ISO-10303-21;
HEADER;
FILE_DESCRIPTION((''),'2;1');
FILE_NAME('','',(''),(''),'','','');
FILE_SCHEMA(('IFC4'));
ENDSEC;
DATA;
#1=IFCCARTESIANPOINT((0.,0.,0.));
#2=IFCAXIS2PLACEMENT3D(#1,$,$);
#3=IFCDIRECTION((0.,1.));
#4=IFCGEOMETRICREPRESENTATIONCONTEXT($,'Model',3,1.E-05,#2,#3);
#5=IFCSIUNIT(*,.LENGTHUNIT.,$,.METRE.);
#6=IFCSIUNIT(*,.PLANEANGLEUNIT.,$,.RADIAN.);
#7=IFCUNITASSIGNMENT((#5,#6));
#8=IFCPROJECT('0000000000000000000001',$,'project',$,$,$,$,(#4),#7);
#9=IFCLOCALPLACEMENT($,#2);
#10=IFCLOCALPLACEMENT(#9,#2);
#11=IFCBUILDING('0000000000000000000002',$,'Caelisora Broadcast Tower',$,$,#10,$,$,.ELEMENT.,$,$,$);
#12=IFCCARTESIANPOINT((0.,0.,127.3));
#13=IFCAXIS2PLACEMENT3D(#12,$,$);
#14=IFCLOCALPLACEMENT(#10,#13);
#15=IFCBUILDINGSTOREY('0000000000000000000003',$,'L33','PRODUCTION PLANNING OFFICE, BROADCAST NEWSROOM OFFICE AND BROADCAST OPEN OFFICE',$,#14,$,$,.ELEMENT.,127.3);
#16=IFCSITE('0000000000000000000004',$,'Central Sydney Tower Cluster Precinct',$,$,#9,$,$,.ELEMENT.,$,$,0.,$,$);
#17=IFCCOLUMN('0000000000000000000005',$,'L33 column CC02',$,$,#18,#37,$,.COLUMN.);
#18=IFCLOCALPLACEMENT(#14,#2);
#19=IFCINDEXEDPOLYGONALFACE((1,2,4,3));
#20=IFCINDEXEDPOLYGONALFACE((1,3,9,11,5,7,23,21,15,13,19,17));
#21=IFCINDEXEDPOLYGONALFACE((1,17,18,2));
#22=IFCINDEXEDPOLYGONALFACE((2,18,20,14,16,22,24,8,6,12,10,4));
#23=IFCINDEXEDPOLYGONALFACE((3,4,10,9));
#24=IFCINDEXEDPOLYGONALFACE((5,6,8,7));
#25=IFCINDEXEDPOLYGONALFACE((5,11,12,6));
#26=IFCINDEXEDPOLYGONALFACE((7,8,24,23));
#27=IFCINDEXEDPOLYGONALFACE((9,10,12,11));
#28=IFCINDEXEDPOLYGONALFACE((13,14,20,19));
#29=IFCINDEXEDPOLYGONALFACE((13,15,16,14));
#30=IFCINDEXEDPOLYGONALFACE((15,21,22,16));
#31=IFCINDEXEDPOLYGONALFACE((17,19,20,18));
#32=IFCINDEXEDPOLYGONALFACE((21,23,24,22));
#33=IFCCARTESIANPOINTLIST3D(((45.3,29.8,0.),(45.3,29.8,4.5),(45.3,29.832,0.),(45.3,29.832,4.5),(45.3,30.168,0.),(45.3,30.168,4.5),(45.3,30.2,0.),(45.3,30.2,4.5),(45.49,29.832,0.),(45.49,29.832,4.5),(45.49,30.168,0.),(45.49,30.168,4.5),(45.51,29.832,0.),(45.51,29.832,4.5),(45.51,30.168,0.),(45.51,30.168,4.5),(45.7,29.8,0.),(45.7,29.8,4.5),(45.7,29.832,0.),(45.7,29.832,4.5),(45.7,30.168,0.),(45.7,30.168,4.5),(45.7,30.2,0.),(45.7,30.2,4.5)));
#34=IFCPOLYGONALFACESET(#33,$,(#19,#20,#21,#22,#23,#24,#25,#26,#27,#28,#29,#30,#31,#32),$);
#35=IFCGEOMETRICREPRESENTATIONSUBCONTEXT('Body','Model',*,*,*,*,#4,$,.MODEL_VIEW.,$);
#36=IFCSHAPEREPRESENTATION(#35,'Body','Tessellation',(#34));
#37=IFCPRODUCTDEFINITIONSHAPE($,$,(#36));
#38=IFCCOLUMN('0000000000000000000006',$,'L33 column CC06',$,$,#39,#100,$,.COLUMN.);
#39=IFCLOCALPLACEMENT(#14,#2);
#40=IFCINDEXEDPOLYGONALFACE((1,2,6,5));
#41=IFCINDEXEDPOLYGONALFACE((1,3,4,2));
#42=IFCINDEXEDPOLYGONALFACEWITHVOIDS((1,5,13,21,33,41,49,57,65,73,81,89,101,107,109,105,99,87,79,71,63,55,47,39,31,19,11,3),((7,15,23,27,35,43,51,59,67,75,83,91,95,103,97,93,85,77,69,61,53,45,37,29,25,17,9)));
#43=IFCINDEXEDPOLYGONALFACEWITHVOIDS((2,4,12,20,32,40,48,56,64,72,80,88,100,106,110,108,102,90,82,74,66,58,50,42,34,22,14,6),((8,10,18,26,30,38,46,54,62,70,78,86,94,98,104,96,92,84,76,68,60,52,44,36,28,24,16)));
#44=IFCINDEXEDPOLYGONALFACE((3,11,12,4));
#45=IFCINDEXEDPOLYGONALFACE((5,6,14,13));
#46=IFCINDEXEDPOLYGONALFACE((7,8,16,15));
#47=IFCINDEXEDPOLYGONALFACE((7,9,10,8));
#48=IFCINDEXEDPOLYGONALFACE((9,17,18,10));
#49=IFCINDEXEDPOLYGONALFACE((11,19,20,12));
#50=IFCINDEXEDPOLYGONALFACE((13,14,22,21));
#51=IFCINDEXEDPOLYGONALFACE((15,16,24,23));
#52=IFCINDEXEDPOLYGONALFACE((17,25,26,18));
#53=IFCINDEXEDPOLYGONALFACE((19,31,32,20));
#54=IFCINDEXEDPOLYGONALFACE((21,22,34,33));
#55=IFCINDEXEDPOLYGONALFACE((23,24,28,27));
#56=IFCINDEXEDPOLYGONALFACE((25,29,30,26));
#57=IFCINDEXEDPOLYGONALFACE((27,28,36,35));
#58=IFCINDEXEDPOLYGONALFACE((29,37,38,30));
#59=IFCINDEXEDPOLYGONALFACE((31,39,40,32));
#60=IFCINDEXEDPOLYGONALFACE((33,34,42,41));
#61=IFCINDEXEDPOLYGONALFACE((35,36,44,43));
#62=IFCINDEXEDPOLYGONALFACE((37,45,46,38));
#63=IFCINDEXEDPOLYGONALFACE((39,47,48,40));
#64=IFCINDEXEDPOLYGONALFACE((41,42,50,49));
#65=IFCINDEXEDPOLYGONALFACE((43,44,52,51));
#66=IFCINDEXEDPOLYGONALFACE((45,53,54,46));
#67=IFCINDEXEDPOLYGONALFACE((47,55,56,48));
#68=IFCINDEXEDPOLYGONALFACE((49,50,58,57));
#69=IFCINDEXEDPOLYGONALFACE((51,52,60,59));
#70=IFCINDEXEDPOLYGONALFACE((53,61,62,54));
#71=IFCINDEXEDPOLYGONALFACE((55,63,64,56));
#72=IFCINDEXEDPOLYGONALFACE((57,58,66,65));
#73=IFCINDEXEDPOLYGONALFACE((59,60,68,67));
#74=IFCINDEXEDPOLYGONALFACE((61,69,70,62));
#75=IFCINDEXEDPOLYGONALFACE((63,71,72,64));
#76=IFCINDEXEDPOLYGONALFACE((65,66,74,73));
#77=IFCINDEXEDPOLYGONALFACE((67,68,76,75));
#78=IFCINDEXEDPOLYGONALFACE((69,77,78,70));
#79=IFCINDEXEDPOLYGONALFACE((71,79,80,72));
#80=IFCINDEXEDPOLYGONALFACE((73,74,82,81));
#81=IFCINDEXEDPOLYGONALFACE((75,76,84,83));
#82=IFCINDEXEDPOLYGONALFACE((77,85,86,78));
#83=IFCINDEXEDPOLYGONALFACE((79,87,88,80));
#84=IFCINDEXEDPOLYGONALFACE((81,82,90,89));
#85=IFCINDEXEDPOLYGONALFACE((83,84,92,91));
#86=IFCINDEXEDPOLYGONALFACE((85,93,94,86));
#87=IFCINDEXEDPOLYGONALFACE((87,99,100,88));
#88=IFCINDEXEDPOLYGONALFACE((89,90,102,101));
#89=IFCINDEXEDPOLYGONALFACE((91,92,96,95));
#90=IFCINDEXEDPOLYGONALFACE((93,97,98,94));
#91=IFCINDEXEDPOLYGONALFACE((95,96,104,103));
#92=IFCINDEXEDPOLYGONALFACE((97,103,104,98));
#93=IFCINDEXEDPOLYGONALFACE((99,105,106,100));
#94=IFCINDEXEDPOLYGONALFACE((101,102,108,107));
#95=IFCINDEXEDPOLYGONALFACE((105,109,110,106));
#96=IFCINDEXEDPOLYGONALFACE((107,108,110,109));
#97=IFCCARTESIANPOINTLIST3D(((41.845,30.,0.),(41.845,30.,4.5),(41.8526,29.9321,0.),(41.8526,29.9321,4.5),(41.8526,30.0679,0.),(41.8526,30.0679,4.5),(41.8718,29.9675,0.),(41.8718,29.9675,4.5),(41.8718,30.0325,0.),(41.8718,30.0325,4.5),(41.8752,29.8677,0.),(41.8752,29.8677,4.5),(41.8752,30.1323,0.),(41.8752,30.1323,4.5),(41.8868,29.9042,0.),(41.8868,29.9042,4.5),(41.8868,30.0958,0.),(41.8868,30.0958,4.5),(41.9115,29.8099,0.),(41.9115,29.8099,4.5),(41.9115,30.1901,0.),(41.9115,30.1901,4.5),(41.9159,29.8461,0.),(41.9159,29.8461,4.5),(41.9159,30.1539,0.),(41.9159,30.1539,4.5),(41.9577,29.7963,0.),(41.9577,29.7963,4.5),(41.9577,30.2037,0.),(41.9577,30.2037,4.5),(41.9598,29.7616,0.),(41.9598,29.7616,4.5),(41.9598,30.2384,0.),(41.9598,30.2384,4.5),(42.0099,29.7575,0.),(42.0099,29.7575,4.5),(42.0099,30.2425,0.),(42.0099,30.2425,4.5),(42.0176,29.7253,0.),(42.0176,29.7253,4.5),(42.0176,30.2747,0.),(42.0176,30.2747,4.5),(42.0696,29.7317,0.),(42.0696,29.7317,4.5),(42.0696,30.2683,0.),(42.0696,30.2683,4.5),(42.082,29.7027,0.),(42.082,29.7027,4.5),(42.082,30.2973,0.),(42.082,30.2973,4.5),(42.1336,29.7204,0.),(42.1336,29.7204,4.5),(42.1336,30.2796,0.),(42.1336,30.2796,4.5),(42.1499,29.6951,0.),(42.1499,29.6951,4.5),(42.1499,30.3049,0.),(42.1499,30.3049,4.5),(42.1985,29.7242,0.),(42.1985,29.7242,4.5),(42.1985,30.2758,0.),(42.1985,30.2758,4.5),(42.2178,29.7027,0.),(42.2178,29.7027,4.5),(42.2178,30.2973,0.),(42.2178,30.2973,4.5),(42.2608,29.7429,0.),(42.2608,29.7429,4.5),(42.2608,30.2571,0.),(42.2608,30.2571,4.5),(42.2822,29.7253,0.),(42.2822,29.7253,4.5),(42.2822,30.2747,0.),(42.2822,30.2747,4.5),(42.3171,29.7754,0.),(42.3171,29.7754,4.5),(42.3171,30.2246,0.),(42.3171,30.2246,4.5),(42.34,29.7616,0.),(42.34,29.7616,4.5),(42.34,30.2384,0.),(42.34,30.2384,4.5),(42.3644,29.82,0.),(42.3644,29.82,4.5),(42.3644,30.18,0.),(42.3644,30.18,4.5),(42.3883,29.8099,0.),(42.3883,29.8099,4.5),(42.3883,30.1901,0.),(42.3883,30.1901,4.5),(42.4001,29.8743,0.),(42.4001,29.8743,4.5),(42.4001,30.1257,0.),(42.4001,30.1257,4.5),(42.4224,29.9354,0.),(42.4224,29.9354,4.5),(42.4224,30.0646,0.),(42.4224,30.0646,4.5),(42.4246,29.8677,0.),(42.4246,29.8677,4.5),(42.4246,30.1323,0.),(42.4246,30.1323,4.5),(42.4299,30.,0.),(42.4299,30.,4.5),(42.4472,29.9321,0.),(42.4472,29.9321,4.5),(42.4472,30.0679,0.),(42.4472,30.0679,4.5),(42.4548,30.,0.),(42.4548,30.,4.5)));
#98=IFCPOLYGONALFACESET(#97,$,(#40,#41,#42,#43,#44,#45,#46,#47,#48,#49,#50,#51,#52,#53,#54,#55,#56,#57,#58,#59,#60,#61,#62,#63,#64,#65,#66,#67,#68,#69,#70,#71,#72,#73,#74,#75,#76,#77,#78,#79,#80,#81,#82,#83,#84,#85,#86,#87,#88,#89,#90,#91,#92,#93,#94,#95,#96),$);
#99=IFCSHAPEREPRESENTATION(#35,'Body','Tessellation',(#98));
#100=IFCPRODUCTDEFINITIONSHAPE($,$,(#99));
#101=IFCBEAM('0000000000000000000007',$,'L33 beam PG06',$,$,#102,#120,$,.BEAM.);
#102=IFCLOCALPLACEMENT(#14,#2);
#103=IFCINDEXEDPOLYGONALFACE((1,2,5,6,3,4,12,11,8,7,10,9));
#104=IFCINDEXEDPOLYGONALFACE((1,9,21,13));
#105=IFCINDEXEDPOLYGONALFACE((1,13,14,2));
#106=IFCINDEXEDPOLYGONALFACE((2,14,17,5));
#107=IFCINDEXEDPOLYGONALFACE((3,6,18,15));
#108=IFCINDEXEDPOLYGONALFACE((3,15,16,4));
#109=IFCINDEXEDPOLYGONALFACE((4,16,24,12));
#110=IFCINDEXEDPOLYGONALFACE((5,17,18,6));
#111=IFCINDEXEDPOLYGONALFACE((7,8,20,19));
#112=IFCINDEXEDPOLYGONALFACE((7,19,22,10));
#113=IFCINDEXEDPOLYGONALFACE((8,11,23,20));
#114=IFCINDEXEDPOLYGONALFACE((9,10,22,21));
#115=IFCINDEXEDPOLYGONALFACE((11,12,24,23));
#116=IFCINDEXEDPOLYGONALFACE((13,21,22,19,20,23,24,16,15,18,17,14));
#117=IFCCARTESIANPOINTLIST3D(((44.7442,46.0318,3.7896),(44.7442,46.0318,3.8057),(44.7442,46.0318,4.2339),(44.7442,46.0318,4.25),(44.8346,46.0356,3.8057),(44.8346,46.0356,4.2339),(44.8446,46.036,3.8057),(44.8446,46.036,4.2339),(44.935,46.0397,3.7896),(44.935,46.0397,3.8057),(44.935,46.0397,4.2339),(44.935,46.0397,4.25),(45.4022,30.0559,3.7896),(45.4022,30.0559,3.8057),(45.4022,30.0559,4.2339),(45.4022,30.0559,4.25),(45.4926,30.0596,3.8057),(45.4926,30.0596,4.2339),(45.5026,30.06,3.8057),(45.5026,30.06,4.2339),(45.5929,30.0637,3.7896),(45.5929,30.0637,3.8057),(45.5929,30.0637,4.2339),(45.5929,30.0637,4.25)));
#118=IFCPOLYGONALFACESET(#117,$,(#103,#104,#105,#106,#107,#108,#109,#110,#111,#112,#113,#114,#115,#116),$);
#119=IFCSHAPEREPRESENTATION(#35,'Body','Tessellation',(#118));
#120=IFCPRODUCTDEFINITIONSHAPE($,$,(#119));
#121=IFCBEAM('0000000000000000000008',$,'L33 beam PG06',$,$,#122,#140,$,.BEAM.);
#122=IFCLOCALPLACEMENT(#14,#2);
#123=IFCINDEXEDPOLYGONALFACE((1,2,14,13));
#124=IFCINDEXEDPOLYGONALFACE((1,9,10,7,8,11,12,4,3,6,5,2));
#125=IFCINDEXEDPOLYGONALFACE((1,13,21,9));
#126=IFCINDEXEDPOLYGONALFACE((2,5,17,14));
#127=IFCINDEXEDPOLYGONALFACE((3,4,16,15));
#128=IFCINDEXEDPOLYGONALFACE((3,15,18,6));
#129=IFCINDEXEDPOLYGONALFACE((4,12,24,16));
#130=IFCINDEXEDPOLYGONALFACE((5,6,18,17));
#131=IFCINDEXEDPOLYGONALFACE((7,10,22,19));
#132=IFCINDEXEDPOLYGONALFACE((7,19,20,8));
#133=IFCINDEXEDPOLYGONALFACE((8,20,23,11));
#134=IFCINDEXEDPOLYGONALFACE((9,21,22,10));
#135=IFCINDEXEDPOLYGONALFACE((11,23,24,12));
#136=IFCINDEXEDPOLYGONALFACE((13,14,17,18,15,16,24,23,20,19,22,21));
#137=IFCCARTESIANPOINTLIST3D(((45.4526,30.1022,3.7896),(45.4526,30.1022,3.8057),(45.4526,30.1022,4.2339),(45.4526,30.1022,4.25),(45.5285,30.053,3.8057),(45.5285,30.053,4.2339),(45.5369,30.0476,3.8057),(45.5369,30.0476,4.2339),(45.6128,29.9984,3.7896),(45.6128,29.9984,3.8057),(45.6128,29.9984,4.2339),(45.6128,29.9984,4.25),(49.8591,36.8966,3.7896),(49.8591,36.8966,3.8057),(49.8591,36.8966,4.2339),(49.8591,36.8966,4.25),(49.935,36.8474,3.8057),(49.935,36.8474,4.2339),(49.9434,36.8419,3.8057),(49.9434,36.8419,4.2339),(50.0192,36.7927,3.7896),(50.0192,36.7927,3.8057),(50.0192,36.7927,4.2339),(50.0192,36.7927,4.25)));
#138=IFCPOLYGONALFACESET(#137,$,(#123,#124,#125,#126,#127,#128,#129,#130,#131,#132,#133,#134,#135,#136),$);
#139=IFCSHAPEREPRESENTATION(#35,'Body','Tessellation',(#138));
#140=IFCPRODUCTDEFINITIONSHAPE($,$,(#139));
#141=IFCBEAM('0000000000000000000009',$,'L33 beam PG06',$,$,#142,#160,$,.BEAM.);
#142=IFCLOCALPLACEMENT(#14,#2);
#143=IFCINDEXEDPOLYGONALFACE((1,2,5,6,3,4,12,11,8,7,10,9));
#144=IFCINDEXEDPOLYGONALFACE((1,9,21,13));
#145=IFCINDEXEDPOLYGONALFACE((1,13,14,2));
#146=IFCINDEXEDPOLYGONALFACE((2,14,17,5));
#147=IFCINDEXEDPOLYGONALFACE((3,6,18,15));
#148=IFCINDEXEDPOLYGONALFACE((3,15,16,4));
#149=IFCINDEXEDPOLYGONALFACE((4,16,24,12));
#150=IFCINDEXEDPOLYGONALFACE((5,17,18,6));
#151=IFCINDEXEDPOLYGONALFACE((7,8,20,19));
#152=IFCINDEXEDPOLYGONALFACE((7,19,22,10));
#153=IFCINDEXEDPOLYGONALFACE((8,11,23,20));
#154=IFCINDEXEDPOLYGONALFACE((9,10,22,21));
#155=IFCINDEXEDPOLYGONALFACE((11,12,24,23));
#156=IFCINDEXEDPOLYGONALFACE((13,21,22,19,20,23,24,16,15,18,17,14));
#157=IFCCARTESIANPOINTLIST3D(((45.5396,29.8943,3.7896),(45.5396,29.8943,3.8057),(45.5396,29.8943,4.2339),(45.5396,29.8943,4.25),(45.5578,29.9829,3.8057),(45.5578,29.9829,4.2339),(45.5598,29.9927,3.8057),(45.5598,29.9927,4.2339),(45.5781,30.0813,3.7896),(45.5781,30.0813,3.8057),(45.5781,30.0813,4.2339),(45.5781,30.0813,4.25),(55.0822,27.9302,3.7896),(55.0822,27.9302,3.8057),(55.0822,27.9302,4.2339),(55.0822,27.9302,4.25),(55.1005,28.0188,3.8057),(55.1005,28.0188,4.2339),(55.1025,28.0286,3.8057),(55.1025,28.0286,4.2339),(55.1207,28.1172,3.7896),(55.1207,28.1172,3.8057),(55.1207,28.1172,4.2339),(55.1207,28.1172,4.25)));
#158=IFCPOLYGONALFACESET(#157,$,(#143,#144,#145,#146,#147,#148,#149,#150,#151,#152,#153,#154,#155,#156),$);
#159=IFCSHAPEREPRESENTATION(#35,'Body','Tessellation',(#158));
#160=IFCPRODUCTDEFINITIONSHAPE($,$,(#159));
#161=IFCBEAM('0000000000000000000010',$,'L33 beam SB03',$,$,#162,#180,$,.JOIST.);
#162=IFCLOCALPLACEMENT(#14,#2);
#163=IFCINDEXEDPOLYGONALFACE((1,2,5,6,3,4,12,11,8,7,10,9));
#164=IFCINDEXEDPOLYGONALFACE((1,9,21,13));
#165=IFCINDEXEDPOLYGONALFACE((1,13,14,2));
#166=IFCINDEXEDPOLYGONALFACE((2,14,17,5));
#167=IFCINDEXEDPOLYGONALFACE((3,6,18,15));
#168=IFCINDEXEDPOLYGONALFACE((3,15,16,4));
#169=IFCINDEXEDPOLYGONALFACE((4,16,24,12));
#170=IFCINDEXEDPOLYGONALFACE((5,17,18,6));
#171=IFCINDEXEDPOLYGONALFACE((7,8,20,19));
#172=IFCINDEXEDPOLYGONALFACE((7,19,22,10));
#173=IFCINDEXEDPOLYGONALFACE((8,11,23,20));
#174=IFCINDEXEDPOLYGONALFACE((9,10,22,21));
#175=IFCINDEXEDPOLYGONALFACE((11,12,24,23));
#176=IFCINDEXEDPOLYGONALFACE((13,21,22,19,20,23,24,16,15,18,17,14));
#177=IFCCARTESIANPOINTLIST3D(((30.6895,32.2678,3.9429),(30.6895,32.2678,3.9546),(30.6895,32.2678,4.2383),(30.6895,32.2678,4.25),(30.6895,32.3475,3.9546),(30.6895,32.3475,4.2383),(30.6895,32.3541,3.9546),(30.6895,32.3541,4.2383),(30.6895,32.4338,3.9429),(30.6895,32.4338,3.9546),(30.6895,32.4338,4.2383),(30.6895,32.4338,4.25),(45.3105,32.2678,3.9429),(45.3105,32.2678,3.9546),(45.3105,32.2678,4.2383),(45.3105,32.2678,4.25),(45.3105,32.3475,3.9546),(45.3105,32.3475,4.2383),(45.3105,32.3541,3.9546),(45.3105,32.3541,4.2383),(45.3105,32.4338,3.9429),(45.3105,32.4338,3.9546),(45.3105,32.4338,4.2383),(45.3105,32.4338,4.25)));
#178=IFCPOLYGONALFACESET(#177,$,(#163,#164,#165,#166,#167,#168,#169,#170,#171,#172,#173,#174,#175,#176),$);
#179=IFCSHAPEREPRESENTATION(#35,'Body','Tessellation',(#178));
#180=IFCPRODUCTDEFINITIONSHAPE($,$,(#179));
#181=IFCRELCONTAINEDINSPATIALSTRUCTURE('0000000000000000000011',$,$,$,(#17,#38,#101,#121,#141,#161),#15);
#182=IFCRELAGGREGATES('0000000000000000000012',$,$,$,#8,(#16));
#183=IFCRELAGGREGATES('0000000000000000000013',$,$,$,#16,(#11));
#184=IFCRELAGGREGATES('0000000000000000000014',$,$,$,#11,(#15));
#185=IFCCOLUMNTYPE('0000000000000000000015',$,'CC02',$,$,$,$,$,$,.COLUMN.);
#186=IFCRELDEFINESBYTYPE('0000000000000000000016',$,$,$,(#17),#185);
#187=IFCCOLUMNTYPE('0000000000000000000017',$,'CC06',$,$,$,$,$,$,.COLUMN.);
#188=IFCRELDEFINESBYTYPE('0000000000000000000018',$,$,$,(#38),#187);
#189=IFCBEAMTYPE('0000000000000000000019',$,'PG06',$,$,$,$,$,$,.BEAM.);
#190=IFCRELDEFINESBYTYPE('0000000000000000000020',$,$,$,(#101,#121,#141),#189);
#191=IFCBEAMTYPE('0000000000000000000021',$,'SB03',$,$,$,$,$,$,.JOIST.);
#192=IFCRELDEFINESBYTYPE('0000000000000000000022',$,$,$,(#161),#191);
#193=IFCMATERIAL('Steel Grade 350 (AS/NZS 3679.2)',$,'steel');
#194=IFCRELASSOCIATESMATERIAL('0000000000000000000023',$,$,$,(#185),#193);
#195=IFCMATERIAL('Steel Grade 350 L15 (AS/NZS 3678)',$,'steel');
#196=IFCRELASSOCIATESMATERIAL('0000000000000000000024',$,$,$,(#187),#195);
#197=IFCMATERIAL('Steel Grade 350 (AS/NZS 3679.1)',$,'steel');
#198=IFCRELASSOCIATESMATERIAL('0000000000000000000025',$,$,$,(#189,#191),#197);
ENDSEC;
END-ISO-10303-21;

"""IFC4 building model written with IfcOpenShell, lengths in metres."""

from ifc_helpers import new_model, si_unit, direction, frame, origin, origin_2d, place, context, subcontext, project, spatial, hollow_circle, i_section, extrude, source, transform, mapped, material, material_profile, profile_set, type_object, type_shapes, element, save


model = new_model("IFC4")

# Units and contexts
model_context = context("Model", 3, precision=1e-05, world=origin(), true_north=direction((0.0, 1.0)))
body_context = subcontext(model_context, "Body", "Model", "MODEL_VIEW")
ifc_project = project(units=[si_unit("LENGTHUNIT", "METRE"), si_unit("PLANEANGLEUNIT", "RADIAN")], contexts=[model_context])

# Site, building, storey
site_placement = place(None, origin())
site = spatial("IfcSite", under=ifc_project, at=site_placement, Name="Central Sydney Tower Cluster Precinct", CompositionType="ELEMENT", RefElevation=0.0)
building_placement = place(site_placement, origin())
building = spatial("IfcBuilding", under=site, at=building_placement, Name="Caelisora Broadcast Tower", CompositionType="ELEMENT")
storey_placement = place(building_placement, frame((0.0, 0.0, 127.3)))
storey = spatial("IfcBuildingStorey", under=building, at=storey_placement, Name="L33", Description="PRODUCTION PLANNING OFFICE, BROADCAST NEWSROOM OFFICE AND BROADCAST OPEN OFFICE", CompositionType="ELEMENT", Elevation=127.3)

# Columns
ifc_material_1 = material(Name="Steel Grade 350 (AS/NZS 3679.2)", Category="steel")
ifc_material_profile_1 = material_profile(ifc_material_1, i_section(OverallWidth=0.3999, OverallDepth=0.3999, WebThickness=0.02, FlangeThickness=0.032, at=origin_2d()), Name="Steel Grade 350 (AS/NZS 3679.2)")
ifc_profile_set_1 = profile_set([ifc_material_profile_1], Name="Steel Grade 350 (AS/NZS 3679.2)")
column_type_1 = type_object("IfcColumnType", Name="CC02", PredefinedType="COLUMN", material=ifc_profile_set_1)
shared_shape_1 = source(origin(), body_context, "Body", "SweptSolid", [
    extrude(i_section(OverallWidth=0.3999, OverallDepth=0.3999, WebThickness=0.02, FlangeThickness=0.032, at=origin_2d()), origin(), (0.0, 0.0, 1.0), 4.5),
])
type_shapes(column_type_1, [shared_shape_1])
column_1_placement = place(storey_placement, frame((45.5, 30.0, 0.0), z_axis=(0.0, 0.0, 1.0), x_axis=(1.0, 0.0, 0.0)))
element("IfcColumn", 1, at=column_1_placement, inside=storey, type_object=column_type_1, Name="L33 column CC02", PredefinedType="COLUMN", context=body_context, shape_type="MappedRepresentation", body=[
    mapped(shared_shape_1, transform((0.0, 0.0, 0.0), scale=1.0)),
])
ifc_material_2 = material(Name="Steel Grade 350 L15 (AS/NZS 3678)", Category="steel")
ifc_material_profile_2 = material_profile(ifc_material_2, hollow_circle(Radius=0.3049, WallThickness=0.0249, at=origin_2d()), Name="Steel Grade 350 L15 (AS/NZS 3678)")
ifc_profile_set_2 = profile_set([ifc_material_profile_2], Name="Steel Grade 350 L15 (AS/NZS 3678)")
column_type_2 = type_object("IfcColumnType", Name="CC06", PredefinedType="COLUMN", material=ifc_profile_set_2)
shared_shape_2 = source(origin(), body_context, "Body", "SweptSolid", [
    extrude(hollow_circle(Radius=0.3049, WallThickness=0.0249, at=origin_2d()), origin(), (0.0, 0.0, 1.0), 4.5),
])
type_shapes(column_type_2, [shared_shape_2])
column_2_placement = place(storey_placement, frame((42.1499, 30.0, 0.0), z_axis=(0.0, 0.0, 1.0), x_axis=(1.0, 0.0, 0.0)))
element("IfcColumn", 2, at=column_2_placement, inside=storey, type_object=column_type_2, Name="L33 column CC06", PredefinedType="COLUMN", context=body_context, shape_type="MappedRepresentation", body=[
    mapped(shared_shape_2, transform((0.0, 0.0, 0.0), scale=1.0)),
])

# Beams
ifc_material_3 = material(Name="Steel Grade 350 (AS/NZS 3679.1)", Category="steel")
ifc_material_profile_3 = material_profile(ifc_material_3, i_section(OverallWidth=0.1909, OverallDepth=0.4604, WebThickness=0.01, FlangeThickness=0.0161, at=origin_2d()), Name="Steel Grade 350 (AS/NZS 3679.1)")
ifc_profile_set_3 = profile_set([ifc_material_profile_3], Name="Steel Grade 350 (AS/NZS 3679.1)")
beam_type_1 = type_object("IfcBeamType", Name="PG06", PredefinedType="BEAM", material=ifc_profile_set_3)
shared_shape_3 = source(origin(), body_context, "Body", "SweptSolid", [
    extrude(i_section(OverallWidth=0.1909, OverallDepth=0.4604, WebThickness=0.01, FlangeThickness=0.0161, at=origin_2d()), origin(), (0.0, 0.0, 1.0), 15.9895),
])
beam_1_placement = place(storey_placement, frame((45.4976, 30.0598, 4.0198), z_axis=(-0.041149, 0.999153, 0.0), x_axis=(-0.999153, -0.041149, 0.0)))
element("IfcBeam", 3, at=beam_1_placement, inside=storey, type_object=beam_type_1, Name="L33 beam PG06", PredefinedType="BEAM", context=body_context, shape_type="MappedRepresentation", body=[
    mapped(shared_shape_3, transform((0.0, 0.0, 0.0), scale=1.0)),
])
shared_shape_4 = source(origin(), body_context, "Body", "SweptSolid", [
    extrude(i_section(OverallWidth=0.1909, OverallDepth=0.4604, WebThickness=0.01, FlangeThickness=0.0161, at=origin_2d()), origin(), (0.0, 0.0, 1.0), 8.0981),
])
beam_2_placement = place(storey_placement, frame((45.5327, 30.0503, 4.0198), z_axis=(0.54413, 0.839001, 0.0), x_axis=(-0.839001, 0.54413, 0.0)))
element("IfcBeam", 4, at=beam_2_placement, inside=storey, type_object=beam_type_1, Name="L33 beam PG06", PredefinedType="BEAM", context=body_context, shape_type="MappedRepresentation", body=[
    mapped(shared_shape_4, transform((0.0, 0.0, 0.0), scale=1.0)),
])
shared_shape_5 = source(origin(), body_context, "Body", "SweptSolid", [
    extrude(i_section(OverallWidth=0.1909, OverallDepth=0.4604, WebThickness=0.01, FlangeThickness=0.0161, at=origin_2d()), origin(), (0.0, 0.0, 1.0), 9.7427),
])
type_shapes(beam_type_1, [shared_shape_3, shared_shape_4, shared_shape_5])
beam_3_placement = place(storey_placement, frame((45.5588, 29.9878, 4.0198), z_axis=(0.979469, -0.201597, 0.0), x_axis=(0.201597, 0.979469, 0.0)))
element("IfcBeam", 5, at=beam_3_placement, inside=storey, type_object=beam_type_1, Name="L33 beam PG06", PredefinedType="BEAM", context=body_context, shape_type="MappedRepresentation", body=[
    mapped(shared_shape_5, transform((0.0, 0.0, 0.0), scale=1.0)),
])
ifc_material_profile_4 = material_profile(ifc_material_3, i_section(OverallWidth=0.166, OverallDepth=0.3071, WebThickness=0.0066, FlangeThickness=0.0117, at=origin_2d()), Name="Steel Grade 350 (AS/NZS 3679.1)")
ifc_profile_set_4 = profile_set([ifc_material_profile_4], Name="Steel Grade 350 (AS/NZS 3679.1)")
beam_type_2 = type_object("IfcBeamType", Name="SB03", PredefinedType="JOIST", material=ifc_profile_set_4)
shared_shape_6 = source(origin(), body_context, "Body", "SweptSolid", [
    extrude(i_section(OverallWidth=0.166, OverallDepth=0.3071, WebThickness=0.0066, FlangeThickness=0.0117, at=origin_2d()), origin(), (0.0, 0.0, 1.0), 14.6211),
])
beam_4_placement = place(storey_placement, frame((45.3105, 32.3508, 4.0964), z_axis=(-1.0, 0.0, 0.0), x_axis=(0.0, -1.0, 0.0)))
element("IfcBeam", 6, at=beam_4_placement, inside=storey, type_object=beam_type_2, Name="L33 beam SB03", PredefinedType="JOIST", context=body_context, shape_type="MappedRepresentation", body=[
    mapped(shared_shape_6, transform((0.0, 0.0, 0.0), scale=1.0)),
])

save(model, "model.ifc")
